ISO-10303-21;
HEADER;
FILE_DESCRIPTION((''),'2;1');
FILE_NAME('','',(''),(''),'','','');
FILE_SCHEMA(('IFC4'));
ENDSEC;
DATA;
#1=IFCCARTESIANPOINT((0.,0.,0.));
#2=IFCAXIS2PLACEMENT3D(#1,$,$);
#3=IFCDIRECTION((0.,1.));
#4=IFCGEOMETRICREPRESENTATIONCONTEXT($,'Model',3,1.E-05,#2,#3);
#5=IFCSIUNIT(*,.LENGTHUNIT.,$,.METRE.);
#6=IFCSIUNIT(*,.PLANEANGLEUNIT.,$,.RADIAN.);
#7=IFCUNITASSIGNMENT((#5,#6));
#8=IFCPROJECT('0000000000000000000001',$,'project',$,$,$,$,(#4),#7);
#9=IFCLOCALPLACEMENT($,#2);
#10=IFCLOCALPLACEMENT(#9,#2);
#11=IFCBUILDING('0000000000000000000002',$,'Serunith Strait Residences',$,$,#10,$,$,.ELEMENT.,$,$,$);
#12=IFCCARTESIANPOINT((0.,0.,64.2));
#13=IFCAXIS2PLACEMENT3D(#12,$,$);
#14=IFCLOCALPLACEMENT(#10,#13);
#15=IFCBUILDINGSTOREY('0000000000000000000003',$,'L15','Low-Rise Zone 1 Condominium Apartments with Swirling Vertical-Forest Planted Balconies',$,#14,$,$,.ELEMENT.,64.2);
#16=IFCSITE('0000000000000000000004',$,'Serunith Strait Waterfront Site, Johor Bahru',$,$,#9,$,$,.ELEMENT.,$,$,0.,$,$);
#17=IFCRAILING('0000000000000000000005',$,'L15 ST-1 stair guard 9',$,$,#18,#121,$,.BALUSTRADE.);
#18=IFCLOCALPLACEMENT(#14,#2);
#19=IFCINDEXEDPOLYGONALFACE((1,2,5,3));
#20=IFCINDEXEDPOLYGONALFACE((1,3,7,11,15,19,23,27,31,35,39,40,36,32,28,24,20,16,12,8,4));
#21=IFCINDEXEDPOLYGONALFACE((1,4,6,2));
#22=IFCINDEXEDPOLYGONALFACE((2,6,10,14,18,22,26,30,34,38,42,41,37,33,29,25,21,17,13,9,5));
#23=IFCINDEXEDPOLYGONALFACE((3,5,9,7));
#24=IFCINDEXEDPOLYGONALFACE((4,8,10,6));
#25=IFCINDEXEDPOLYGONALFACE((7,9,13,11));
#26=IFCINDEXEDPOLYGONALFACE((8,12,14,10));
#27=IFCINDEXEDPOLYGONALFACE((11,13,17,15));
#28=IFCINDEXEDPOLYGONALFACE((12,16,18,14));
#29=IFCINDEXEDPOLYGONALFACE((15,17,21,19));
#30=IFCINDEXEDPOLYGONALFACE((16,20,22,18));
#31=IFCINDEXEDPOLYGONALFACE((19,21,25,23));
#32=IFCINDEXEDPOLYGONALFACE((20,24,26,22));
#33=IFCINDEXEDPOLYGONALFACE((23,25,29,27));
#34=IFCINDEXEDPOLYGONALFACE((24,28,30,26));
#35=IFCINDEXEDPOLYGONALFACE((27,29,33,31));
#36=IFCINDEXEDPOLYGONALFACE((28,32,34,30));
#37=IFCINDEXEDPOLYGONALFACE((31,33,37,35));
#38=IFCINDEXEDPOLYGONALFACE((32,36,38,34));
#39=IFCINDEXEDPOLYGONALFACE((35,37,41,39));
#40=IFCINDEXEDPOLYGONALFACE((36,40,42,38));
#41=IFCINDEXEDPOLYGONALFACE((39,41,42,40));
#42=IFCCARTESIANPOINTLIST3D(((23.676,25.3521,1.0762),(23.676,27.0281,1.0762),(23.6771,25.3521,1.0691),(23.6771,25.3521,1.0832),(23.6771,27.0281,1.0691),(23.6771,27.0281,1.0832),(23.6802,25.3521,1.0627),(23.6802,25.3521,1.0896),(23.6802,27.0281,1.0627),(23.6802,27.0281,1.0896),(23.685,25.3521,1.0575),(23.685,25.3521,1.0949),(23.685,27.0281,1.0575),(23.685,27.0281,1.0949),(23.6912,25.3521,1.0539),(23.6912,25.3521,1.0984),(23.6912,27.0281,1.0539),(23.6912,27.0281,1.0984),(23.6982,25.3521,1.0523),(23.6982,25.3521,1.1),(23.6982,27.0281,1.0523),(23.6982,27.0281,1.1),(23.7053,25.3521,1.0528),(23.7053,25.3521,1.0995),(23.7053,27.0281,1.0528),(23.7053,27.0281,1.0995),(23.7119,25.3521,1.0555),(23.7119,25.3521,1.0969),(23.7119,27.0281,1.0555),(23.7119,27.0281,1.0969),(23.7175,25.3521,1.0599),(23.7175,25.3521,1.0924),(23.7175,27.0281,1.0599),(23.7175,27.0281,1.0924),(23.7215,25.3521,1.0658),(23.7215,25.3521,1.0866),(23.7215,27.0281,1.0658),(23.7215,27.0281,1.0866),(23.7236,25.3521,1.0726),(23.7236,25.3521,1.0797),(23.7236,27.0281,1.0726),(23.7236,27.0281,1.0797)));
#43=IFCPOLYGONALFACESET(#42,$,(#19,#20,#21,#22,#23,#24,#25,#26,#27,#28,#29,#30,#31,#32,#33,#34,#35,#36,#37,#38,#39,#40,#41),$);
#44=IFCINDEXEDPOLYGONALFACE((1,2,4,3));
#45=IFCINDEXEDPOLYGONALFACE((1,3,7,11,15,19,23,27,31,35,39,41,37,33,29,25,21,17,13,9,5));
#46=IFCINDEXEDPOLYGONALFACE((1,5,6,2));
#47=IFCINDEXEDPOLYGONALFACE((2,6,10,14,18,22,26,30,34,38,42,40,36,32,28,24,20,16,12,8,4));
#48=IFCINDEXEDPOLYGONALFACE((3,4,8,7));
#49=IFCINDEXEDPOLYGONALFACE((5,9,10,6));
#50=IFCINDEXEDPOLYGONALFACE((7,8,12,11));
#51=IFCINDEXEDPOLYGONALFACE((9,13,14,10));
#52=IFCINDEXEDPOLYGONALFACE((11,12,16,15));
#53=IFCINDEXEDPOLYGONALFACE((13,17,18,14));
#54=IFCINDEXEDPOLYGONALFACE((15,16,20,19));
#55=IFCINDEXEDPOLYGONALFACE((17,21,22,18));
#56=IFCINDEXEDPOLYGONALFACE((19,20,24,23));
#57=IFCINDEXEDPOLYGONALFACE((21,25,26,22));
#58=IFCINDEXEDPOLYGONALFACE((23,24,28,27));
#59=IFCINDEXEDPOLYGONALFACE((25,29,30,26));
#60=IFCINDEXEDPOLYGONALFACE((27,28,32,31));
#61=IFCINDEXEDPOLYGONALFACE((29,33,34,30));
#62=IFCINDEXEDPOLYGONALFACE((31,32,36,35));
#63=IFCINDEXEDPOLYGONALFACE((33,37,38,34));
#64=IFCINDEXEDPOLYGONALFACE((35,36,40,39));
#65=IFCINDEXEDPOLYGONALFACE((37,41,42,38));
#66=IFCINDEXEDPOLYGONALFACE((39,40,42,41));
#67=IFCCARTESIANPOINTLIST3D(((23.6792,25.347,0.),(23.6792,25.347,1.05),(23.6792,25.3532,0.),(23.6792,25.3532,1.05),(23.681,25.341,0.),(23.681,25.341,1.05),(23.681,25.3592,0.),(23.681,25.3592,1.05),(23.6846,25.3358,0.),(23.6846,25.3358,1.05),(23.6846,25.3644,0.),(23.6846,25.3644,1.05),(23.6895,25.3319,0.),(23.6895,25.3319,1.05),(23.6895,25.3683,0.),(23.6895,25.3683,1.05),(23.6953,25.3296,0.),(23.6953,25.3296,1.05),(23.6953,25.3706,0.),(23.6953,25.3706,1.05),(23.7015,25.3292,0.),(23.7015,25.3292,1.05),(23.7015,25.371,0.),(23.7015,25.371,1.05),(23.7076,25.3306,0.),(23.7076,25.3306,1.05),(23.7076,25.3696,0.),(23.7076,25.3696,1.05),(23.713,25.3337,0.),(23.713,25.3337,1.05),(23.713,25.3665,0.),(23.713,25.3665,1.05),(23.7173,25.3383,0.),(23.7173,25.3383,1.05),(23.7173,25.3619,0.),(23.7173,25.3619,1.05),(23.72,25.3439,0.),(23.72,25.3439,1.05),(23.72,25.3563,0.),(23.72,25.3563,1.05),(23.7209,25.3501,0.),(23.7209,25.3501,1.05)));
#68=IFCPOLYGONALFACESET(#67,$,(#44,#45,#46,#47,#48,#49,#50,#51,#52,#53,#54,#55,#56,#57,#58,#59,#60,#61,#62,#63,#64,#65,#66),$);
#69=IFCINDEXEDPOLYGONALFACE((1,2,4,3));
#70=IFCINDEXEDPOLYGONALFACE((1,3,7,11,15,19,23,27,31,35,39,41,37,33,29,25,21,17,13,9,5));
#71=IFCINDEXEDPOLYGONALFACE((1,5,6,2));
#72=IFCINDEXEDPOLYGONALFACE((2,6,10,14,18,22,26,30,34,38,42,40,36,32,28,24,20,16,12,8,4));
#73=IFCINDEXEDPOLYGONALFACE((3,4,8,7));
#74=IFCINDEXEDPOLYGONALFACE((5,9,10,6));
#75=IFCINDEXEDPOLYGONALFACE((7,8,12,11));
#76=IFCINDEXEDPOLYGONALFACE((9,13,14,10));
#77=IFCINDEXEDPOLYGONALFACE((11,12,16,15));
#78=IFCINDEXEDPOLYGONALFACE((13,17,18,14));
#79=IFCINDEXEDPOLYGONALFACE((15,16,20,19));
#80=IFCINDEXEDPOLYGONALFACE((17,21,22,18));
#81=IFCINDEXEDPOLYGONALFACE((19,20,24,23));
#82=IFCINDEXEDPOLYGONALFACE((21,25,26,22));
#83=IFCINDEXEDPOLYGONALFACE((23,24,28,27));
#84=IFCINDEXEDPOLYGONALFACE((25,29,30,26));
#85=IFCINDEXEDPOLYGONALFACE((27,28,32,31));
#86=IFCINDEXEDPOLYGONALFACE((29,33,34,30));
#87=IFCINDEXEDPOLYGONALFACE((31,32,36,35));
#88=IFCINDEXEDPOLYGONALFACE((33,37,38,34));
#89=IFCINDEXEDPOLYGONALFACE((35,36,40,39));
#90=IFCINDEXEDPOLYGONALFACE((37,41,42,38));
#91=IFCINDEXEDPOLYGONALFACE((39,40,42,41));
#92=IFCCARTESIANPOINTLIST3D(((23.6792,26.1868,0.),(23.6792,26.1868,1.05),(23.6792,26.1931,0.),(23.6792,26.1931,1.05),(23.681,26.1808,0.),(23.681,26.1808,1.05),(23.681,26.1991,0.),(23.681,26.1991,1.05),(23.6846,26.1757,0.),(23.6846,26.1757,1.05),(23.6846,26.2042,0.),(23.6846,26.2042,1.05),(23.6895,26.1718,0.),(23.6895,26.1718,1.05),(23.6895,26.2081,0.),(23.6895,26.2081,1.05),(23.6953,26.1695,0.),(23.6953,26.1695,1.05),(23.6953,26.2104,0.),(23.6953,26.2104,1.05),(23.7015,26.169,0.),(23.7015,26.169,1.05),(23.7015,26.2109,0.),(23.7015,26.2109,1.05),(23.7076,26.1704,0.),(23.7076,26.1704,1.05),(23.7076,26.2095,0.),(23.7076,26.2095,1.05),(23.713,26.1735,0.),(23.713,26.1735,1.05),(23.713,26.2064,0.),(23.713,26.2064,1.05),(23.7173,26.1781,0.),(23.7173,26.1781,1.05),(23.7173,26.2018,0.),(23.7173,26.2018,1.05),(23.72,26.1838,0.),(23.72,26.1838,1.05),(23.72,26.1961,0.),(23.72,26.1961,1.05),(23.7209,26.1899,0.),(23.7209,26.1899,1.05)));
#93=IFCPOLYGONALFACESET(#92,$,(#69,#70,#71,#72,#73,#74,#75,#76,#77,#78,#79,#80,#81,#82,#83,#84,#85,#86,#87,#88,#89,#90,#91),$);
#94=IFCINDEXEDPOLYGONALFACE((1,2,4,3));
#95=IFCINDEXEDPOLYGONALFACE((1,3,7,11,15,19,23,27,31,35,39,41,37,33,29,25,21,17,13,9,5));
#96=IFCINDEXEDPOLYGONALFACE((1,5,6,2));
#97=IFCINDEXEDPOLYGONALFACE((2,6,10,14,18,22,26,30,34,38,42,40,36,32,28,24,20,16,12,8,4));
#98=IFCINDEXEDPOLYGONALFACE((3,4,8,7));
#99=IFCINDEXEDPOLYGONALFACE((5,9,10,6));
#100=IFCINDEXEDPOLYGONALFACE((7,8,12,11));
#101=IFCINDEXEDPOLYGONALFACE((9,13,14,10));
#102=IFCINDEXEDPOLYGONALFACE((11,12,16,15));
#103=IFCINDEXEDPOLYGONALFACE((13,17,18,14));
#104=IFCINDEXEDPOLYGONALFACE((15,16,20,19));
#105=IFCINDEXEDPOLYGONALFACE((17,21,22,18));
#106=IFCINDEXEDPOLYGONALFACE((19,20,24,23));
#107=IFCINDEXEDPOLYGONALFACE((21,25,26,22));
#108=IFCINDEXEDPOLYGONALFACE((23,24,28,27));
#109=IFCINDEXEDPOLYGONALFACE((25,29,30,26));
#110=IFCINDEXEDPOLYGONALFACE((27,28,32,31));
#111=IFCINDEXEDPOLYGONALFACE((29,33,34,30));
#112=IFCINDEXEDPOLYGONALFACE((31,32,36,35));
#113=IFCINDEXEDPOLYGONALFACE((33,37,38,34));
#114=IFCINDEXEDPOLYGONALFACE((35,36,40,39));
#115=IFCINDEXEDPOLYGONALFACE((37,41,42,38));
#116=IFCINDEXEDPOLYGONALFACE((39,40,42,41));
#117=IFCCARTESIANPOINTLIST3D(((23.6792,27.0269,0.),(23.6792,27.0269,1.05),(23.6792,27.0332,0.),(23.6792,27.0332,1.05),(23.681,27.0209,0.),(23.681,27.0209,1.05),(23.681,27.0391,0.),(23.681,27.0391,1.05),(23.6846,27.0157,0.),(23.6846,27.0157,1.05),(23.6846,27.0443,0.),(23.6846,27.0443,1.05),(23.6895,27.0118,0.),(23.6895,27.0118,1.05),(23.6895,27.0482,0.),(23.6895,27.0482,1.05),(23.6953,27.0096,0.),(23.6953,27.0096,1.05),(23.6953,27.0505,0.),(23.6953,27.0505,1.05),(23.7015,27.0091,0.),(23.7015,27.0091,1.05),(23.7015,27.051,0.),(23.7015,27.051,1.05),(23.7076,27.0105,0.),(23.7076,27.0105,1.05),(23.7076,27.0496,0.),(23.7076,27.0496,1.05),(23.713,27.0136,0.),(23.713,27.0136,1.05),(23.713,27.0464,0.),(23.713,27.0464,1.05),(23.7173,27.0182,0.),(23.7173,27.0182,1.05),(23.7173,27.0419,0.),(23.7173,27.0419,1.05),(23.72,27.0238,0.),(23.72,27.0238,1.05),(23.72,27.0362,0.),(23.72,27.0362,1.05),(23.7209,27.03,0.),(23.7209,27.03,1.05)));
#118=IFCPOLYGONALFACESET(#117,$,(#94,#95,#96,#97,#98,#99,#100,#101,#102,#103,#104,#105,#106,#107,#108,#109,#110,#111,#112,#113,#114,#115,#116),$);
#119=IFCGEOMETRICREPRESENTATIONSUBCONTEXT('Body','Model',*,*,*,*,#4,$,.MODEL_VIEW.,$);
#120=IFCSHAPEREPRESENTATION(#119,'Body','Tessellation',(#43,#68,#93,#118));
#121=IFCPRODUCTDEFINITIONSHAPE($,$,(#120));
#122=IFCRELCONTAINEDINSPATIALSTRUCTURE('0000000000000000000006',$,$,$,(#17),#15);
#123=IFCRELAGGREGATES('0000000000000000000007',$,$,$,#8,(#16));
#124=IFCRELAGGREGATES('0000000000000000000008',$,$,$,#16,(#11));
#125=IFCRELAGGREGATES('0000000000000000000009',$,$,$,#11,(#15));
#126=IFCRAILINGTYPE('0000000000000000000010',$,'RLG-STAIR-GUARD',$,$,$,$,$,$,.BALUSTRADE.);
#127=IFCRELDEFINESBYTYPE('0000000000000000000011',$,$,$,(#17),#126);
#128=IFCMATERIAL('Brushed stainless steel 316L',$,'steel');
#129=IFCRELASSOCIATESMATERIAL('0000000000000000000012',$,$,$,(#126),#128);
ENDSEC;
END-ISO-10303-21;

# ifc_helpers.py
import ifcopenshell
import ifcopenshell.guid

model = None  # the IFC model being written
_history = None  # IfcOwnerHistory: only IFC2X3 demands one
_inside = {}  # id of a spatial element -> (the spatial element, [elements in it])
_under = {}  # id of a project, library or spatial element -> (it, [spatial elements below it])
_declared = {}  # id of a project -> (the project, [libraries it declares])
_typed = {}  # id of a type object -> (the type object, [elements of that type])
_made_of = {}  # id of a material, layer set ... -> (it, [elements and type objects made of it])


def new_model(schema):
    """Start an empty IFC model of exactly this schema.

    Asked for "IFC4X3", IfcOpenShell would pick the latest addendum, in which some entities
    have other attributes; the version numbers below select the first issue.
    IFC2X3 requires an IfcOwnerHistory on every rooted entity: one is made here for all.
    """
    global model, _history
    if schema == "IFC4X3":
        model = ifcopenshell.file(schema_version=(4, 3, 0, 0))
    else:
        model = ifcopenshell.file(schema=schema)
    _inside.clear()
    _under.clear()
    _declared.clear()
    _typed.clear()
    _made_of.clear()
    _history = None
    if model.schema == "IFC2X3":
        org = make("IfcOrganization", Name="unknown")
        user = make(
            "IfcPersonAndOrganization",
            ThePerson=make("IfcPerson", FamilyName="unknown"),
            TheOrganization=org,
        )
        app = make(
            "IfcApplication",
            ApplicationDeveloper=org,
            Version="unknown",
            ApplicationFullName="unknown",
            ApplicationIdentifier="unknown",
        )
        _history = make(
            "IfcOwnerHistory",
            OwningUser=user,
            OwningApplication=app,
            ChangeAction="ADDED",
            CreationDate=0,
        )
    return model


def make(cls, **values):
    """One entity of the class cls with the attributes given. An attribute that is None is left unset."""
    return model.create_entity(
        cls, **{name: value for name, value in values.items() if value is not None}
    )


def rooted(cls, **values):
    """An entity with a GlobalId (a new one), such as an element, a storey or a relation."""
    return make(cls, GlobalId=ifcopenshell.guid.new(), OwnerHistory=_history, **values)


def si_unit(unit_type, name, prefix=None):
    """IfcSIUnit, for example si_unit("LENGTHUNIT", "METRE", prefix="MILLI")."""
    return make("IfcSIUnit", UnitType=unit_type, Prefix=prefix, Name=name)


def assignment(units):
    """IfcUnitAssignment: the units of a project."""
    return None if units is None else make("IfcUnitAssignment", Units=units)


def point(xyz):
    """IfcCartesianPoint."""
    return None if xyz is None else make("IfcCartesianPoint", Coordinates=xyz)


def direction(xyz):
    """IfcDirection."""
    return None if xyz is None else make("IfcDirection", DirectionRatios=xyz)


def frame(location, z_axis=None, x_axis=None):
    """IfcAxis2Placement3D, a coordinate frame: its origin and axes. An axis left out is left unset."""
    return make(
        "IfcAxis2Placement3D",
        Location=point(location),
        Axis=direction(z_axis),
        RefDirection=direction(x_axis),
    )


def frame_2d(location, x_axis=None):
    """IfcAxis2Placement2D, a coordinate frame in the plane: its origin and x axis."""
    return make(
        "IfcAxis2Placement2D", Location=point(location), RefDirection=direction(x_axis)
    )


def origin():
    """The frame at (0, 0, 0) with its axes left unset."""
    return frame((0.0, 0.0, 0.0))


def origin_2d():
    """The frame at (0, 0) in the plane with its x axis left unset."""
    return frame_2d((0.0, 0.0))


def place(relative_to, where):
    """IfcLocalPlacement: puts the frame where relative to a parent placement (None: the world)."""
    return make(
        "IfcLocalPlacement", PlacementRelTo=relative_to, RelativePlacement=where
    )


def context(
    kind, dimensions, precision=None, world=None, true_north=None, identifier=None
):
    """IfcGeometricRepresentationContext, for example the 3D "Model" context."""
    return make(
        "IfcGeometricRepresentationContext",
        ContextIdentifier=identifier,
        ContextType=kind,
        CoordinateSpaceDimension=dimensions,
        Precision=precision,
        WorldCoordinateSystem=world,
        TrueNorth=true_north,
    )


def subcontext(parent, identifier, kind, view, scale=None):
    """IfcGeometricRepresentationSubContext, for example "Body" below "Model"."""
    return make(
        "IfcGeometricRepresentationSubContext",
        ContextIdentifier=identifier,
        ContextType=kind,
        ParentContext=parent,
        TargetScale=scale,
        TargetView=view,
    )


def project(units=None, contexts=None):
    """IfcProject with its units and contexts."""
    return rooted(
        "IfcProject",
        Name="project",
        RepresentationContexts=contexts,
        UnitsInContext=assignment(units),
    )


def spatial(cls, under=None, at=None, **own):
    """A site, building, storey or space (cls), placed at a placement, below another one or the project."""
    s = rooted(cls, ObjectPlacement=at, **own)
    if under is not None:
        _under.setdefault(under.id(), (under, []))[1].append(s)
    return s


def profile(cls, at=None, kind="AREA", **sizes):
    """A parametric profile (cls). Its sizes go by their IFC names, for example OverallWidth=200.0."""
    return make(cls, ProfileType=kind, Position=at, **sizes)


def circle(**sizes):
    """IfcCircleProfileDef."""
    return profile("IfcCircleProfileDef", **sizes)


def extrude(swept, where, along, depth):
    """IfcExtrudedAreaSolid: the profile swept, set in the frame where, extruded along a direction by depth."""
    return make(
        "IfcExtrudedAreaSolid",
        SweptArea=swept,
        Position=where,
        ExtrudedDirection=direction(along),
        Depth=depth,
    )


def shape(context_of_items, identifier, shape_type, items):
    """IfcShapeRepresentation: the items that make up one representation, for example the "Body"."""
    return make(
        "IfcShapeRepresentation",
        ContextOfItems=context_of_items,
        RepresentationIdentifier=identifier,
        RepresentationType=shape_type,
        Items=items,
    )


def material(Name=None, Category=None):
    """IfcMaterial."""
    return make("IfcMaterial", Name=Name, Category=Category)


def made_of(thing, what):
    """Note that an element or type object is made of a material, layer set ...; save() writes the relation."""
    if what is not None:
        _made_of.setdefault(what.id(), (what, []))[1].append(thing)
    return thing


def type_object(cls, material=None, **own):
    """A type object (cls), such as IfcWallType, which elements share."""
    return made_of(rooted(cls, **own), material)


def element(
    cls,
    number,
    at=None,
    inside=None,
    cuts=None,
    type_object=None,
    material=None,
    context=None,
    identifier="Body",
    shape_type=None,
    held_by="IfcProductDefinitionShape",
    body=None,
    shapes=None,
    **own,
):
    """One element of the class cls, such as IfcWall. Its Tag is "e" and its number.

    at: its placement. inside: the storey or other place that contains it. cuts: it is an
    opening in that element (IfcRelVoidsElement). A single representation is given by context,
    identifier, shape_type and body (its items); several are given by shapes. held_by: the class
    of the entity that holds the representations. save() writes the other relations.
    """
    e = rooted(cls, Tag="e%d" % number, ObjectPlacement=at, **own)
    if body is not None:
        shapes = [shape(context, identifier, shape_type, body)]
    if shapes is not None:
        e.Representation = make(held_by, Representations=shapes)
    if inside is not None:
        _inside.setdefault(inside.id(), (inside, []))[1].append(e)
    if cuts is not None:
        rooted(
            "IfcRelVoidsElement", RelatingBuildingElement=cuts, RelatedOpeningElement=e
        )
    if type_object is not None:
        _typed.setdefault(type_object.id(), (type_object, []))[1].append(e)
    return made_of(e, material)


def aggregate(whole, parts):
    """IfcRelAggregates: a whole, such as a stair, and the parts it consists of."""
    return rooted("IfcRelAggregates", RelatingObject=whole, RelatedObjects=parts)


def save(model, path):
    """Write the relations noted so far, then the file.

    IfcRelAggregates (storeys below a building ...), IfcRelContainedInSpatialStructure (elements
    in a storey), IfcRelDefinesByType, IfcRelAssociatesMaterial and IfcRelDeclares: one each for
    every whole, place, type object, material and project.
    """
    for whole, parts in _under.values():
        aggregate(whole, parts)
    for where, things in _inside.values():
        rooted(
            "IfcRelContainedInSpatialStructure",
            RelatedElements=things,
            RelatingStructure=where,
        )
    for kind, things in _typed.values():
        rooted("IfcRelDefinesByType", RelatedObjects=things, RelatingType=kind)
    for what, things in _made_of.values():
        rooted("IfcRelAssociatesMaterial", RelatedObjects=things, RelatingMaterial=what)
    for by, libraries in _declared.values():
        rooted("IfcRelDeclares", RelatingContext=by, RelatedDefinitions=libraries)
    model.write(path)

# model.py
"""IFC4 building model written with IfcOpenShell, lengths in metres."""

from ifc_helpers import new_model, si_unit, direction, frame, origin, origin_2d, place, context, subcontext, project, spatial, circle, extrude, material, type_object, element, save


model = new_model("IFC4")

# Units and contexts
model_context = context("Model", 3, precision=1e-05, world=origin(), true_north=direction((0.0, 1.0)))
body_context = subcontext(model_context, "Body", "Model", "MODEL_VIEW")
ifc_project = project(units=[si_unit("LENGTHUNIT", "METRE"), si_unit("PLANEANGLEUNIT", "RADIAN")], contexts=[model_context])

# Site, building, storey
site_placement = place(None, origin())
site = spatial("IfcSite", under=ifc_project, at=site_placement, Name="Serunith Strait Waterfront Site, Johor Bahru", CompositionType="ELEMENT", RefElevation=0.0)
building_placement = place(site_placement, origin())
building = spatial("IfcBuilding", under=site, at=building_placement, Name="Serunith Strait Residences", CompositionType="ELEMENT")
storey_placement = place(building_placement, frame((0.0, 0.0, 64.2)))
storey = spatial("IfcBuildingStorey", under=building, at=storey_placement, Name="L15", Description="Low-Rise Zone 1 Condominium Apartments with Swirling Vertical-Forest Planted Balconies", CompositionType="ELEMENT", Elevation=64.2)

# Railing
ifc_material_1 = material(Name="Brushed stainless steel 316L", Category="steel")
railing_type_1 = type_object("IfcRailingType", Name="RLG-STAIR-GUARD", PredefinedType="BALUSTRADE", material=ifc_material_1)
for number, where, name in (
    (1, (23.7, 25.3501, 0.0), "L15 ST-1 stair guard 9"),
):
    element("IfcRailing", number, at=place(storey_placement, frame(where)), inside=storey, type_object=railing_type_1, Name=name, PredefinedType="BALUSTRADE", context=body_context, shape_type="SweptSolid", body=[
        extrude(circle(Radius=0.0239, at=origin_2d()), frame((0.0, 0.002, 1.0762), z_axis=(0.0, 1.0, 0.0), x_axis=(-1.0, 0.0, 0.0)), (0.0, 0.0, 1.0), 1.676),
        extrude(circle(Radius=0.021, at=origin_2d()), origin(), (0.0, 0.0, 1.0), 1.05),
        extrude(circle(Radius=0.021, at=origin_2d()), frame((0.0, 0.8398, 0.0)), (0.0, 0.0, 1.0), 1.05),
        extrude(circle(Radius=0.021, at=origin_2d()), frame((0.0, 1.6799, 0.0)), (0.0, 0.0, 1.0), 1.05),
    ])

save(model, "model.ifc")
